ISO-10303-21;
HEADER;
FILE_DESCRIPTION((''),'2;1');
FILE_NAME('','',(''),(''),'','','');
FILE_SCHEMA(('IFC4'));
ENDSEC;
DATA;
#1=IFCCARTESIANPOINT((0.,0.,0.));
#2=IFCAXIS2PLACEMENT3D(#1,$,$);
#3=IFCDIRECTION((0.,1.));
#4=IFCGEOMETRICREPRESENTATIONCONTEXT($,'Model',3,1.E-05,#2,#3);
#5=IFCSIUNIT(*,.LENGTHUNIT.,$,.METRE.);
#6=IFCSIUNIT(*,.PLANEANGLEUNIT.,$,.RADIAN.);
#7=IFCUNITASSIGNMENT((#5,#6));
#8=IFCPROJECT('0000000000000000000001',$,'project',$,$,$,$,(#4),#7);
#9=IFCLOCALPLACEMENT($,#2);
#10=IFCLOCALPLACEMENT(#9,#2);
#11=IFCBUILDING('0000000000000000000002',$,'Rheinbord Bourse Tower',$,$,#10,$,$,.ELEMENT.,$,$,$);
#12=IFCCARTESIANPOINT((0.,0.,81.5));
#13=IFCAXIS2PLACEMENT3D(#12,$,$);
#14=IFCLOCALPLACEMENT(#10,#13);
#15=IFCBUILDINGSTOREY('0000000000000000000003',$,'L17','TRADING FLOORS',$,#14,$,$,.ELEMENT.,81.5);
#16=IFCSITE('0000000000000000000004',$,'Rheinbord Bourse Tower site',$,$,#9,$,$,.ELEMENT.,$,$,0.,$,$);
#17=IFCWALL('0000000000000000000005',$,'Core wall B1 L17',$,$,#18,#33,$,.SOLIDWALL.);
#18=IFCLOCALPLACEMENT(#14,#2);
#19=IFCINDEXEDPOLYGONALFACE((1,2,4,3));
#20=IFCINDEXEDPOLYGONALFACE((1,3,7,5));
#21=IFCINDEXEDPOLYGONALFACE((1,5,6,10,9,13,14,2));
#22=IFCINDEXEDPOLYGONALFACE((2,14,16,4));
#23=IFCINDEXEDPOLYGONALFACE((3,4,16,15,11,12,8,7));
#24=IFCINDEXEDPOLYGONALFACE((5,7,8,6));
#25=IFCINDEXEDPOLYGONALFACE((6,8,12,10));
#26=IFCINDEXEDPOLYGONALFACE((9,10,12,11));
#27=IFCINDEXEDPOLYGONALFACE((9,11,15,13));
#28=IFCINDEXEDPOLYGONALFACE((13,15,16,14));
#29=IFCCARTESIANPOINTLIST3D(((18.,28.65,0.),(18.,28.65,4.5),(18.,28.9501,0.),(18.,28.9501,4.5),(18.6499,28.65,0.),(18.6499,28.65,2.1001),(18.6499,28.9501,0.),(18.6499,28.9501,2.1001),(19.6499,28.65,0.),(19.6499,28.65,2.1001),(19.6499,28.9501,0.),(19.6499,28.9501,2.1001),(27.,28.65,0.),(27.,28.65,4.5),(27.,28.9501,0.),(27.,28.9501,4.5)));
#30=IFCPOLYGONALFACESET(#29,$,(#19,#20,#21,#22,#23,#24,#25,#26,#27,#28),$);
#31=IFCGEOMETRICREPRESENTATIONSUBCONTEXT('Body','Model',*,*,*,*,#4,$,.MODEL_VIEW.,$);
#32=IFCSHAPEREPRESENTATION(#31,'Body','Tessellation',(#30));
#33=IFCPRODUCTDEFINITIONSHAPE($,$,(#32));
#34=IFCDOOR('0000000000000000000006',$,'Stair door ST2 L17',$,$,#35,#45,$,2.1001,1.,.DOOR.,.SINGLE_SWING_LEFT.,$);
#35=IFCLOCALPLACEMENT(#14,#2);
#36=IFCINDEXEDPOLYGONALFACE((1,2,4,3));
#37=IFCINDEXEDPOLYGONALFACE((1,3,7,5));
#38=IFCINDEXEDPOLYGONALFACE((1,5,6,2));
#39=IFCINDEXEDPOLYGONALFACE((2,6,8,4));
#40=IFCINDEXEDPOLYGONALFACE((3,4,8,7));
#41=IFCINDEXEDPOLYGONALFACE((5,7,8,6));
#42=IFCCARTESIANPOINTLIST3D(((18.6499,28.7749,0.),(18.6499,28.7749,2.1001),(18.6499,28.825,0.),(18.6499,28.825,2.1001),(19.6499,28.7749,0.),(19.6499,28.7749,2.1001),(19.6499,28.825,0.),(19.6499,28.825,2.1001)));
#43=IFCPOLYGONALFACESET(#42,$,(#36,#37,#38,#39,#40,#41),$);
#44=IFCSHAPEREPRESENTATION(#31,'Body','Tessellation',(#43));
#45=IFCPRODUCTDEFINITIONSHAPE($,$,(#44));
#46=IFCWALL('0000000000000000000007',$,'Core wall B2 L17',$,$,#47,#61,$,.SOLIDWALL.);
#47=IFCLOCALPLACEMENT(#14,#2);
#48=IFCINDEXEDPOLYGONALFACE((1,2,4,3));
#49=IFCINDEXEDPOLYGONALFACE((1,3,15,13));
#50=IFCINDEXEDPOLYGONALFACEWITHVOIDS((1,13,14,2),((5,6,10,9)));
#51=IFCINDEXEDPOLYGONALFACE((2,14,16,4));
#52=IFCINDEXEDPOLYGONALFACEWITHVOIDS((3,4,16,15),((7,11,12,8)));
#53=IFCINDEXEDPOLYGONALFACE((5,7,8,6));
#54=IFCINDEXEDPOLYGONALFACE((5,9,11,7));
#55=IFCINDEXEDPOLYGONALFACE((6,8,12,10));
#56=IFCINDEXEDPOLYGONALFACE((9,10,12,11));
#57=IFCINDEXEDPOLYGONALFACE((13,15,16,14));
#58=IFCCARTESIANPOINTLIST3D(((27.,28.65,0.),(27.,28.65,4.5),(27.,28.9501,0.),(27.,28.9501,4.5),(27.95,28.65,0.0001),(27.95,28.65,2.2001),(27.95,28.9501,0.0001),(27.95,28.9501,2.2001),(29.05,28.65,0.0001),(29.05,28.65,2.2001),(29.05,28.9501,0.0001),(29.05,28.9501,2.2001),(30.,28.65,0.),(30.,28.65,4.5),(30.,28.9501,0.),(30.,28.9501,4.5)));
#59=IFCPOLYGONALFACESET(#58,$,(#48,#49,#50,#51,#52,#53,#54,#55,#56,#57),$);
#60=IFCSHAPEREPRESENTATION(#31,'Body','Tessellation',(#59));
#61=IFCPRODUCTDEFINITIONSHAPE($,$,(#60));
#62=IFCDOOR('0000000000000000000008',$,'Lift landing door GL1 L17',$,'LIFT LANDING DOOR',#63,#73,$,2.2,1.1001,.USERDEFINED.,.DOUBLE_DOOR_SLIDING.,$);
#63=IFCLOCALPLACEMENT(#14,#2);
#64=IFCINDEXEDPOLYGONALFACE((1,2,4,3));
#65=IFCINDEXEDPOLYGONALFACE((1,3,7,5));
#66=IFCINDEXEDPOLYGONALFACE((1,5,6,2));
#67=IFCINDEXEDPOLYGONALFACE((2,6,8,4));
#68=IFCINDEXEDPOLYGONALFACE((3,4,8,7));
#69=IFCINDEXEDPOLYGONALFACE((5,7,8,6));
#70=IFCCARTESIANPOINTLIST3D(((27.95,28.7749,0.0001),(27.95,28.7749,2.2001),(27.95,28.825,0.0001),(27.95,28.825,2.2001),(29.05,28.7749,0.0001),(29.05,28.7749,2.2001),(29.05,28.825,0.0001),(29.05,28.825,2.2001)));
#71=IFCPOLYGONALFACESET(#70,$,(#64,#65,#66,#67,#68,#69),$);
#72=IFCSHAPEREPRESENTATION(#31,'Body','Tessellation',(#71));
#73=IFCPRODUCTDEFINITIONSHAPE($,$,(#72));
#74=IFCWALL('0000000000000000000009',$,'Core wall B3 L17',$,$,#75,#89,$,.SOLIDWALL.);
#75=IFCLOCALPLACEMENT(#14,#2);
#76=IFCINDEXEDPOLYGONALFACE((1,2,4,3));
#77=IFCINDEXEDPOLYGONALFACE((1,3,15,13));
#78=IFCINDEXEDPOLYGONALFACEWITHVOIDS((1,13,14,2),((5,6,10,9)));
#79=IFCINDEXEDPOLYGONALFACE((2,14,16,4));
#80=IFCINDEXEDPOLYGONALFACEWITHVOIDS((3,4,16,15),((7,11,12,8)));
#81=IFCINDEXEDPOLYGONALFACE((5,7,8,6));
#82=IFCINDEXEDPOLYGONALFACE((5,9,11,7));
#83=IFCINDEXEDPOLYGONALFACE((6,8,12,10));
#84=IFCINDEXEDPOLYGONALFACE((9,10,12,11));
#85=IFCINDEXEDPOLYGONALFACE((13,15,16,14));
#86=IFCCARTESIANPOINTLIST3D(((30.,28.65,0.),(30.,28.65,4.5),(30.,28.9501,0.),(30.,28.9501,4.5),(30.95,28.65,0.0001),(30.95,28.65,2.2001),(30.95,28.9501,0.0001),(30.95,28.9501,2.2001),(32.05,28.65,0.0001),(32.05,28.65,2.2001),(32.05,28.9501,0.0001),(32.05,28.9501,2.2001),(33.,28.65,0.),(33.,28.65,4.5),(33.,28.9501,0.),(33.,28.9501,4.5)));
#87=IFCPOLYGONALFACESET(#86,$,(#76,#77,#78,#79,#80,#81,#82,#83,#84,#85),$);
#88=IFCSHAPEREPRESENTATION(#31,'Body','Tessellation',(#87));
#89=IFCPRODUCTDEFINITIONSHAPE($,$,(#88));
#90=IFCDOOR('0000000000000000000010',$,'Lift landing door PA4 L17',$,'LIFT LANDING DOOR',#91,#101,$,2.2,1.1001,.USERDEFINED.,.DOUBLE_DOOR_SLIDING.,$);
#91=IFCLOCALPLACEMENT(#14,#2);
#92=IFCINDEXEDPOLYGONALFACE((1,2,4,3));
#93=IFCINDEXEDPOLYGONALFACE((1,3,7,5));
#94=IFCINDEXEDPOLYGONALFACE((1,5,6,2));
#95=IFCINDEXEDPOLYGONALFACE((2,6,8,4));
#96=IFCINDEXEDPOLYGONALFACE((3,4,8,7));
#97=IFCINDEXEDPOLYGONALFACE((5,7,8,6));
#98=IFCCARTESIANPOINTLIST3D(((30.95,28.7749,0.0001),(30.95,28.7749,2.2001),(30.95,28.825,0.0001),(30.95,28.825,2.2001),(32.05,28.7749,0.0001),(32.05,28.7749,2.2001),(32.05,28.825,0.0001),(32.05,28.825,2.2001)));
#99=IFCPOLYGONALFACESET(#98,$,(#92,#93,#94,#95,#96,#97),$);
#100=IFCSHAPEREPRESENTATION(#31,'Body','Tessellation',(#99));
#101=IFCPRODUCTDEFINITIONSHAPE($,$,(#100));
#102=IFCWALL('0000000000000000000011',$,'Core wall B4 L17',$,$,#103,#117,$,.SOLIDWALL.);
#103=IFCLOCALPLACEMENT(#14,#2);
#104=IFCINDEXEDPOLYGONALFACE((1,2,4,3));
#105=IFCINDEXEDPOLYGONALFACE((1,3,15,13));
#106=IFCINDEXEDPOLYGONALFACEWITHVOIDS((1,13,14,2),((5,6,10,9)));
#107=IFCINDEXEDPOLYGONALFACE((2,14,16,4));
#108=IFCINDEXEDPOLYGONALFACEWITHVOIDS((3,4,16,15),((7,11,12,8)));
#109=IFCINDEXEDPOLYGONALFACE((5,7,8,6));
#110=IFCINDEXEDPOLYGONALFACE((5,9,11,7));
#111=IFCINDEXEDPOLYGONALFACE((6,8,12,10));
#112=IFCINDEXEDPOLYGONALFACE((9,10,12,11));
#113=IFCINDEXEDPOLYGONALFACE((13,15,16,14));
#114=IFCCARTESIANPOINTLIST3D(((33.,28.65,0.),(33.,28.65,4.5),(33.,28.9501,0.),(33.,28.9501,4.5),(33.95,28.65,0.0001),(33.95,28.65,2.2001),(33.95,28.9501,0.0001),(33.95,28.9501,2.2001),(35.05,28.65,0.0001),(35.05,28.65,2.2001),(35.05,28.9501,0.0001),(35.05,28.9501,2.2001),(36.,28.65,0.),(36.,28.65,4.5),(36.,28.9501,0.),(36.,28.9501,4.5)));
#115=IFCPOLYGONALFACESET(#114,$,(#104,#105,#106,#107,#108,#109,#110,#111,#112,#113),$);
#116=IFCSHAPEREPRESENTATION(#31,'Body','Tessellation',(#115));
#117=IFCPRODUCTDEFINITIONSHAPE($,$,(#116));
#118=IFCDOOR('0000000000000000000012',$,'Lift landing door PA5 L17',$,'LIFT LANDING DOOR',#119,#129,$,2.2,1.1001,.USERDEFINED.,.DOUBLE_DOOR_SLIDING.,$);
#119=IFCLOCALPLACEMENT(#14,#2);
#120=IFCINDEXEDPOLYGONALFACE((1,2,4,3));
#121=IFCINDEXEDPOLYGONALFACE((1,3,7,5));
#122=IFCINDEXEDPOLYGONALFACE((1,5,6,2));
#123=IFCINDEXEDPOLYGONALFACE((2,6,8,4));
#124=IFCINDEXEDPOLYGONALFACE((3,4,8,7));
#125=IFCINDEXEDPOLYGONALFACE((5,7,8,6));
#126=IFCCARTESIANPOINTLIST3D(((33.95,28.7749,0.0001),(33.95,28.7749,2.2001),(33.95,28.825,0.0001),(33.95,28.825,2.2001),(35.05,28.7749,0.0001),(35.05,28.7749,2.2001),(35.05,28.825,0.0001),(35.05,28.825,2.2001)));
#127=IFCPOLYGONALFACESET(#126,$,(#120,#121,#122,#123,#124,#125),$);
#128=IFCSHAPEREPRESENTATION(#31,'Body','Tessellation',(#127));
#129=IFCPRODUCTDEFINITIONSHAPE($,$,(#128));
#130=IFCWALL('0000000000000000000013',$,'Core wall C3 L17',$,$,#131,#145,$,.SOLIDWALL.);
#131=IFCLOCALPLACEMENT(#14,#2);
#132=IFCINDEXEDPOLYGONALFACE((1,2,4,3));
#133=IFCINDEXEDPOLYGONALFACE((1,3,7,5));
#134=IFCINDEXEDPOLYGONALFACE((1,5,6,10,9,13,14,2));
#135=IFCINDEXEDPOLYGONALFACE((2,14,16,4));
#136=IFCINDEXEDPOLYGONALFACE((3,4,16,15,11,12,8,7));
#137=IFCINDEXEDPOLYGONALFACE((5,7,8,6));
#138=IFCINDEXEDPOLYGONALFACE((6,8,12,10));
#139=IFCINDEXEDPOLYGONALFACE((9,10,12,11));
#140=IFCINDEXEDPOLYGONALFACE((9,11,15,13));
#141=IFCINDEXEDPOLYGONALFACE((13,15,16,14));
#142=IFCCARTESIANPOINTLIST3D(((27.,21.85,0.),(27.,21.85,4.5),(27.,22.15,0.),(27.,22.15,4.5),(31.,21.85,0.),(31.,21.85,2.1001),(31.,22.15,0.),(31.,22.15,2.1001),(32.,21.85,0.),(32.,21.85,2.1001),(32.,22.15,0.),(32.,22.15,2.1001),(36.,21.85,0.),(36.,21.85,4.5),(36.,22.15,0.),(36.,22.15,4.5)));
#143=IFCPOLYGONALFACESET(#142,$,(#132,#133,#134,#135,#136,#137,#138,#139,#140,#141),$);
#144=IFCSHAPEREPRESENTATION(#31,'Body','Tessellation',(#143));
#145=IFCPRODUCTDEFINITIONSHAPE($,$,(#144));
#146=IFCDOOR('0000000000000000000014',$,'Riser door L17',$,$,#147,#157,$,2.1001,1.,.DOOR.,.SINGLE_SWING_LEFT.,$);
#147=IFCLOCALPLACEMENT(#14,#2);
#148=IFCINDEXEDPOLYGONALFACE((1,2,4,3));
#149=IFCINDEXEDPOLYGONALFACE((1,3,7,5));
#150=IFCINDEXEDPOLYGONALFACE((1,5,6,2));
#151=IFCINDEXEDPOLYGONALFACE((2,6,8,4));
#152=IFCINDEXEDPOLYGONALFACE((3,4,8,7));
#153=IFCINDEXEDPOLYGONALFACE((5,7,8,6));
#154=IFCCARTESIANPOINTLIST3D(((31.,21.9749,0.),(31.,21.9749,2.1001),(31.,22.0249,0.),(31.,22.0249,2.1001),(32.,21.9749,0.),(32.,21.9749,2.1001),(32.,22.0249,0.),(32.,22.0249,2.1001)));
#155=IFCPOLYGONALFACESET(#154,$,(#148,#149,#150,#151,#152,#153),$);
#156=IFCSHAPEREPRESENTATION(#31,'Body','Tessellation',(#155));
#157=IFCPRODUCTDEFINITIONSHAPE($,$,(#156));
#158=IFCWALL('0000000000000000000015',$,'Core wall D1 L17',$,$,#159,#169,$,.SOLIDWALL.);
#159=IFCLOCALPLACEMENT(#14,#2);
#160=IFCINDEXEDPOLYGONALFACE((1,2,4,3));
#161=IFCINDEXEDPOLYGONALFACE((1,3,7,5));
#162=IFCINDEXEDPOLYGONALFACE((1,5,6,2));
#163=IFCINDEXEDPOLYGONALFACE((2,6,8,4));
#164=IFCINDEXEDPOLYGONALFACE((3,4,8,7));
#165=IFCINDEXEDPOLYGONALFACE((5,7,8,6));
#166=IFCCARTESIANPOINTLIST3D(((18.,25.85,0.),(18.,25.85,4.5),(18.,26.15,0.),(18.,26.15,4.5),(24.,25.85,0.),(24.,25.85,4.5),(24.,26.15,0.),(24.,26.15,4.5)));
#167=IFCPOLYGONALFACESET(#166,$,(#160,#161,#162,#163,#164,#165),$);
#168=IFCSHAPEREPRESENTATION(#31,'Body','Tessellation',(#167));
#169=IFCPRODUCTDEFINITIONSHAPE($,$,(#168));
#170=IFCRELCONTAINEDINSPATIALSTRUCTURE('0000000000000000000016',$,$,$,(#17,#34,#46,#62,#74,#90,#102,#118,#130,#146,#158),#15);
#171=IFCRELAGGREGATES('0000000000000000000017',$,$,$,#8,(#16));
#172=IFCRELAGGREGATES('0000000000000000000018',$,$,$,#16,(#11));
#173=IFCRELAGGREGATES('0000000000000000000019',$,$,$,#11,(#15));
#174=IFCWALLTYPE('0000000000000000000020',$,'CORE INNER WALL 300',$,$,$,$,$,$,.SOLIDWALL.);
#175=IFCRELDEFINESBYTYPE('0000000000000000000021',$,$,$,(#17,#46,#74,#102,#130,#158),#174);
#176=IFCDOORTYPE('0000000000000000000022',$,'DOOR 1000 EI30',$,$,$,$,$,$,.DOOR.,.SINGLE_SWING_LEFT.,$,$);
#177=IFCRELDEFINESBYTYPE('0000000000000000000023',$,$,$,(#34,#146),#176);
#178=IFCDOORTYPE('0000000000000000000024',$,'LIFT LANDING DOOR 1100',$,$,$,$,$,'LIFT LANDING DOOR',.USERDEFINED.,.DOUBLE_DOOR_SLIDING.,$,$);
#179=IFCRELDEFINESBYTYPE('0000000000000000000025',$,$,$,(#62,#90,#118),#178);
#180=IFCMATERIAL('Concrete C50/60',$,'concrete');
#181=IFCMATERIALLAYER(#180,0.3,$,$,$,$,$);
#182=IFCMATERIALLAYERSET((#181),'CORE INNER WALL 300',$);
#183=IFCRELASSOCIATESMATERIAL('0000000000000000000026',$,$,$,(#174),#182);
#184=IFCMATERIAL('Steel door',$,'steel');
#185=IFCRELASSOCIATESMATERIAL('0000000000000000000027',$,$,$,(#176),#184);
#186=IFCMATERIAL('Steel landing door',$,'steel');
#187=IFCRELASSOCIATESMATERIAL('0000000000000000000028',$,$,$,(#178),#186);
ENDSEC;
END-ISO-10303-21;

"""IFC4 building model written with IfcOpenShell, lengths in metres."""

from ifc_helpers import new_model, si_unit, direction, frame, frame_2d, origin, place, context, subcontext, project, spatial, rectangle, extrude, material, layer, layer_set, type_object, element, fill, save


model = new_model("IFC4")

# Units and contexts
model_context = context("Model", 3, precision=1e-05, world=origin(), true_north=direction((0.0, 1.0)))
body_context = subcontext(model_context, "Body", "Model", "MODEL_VIEW")
ifc_project = project(units=[si_unit("LENGTHUNIT", "METRE"), si_unit("PLANEANGLEUNIT", "RADIAN")], contexts=[model_context])

# Site, building, storey
site_placement = place(None, origin())
site = spatial("IfcSite", under=ifc_project, at=site_placement, Name="Rheinbord Bourse Tower site", CompositionType="ELEMENT", RefElevation=0.0)
building_placement = place(site_placement, origin())
building = spatial("IfcBuilding", under=site, at=building_placement, Name="Rheinbord Bourse Tower", CompositionType="ELEMENT")
storey_placement = place(building_placement, frame((0.0, 0.0, 81.5)))
storey = spatial("IfcBuildingStorey", under=building, at=storey_placement, Name="L17", Description="TRADING FLOORS", CompositionType="ELEMENT", Elevation=81.5)

# Walls, openings, doors
ifc_material_1 = material(Name="Concrete C50/60", Category="concrete")
ifc_layer_1 = layer(ifc_material_1, 0.3)
ifc_layer_set_1 = layer_set([ifc_layer_1], Name="CORE INNER WALL 300")
wall_type_1 = type_object("IfcWallType", Name="CORE INNER WALL 300", PredefinedType="SOLIDWALL", material=ifc_layer_set_1)
wall_1_placement = place(storey_placement, frame((18.0, 28.8, 0.0), z_axis=(0.0, 0.0, 1.0), x_axis=(1.0, 0.0, 0.0)))
wall_1 = element("IfcWall", 1, at=wall_1_placement, inside=storey, type_object=wall_type_1, Name="Core wall B1 L17", PredefinedType="SOLIDWALL", context=body_context, shape_type="SweptSolid", body=[
    extrude(rectangle(XDim=9.0, YDim=0.3, at=frame_2d((4.5, 0.0))), origin(), (0.0, 0.0, 1.0), 4.5),
])
opening_1_placement = place(wall_1_placement, frame((0.6499, 0.0, 0.0)))
opening_1 = element("IfcOpeningElement", 2, at=opening_1_placement, cuts=wall_1, PredefinedType="OPENING", context=body_context, shape_type="SweptSolid", body=[
    extrude(rectangle(XDim=1.0, YDim=2.1001, at=frame_2d((0.5, 1.05))), frame((0.0, 0.1599, 0.0), z_axis=(0.0, -1.0, 0.0), x_axis=(1.0, 0.0, 0.0)), (0.0, 0.0, 1.0), 0.3201),
])
ifc_material_2 = material(Name="Steel door", Category="steel")
door_type_1 = type_object("IfcDoorType", Name="DOOR 1000 EI30", OperationType="SINGLE_SWING_LEFT", PredefinedType="DOOR", material=ifc_material_2)
door_1_placement = place(opening_1_placement, origin())
door_1 = element("IfcDoor", 3, at=door_1_placement, inside=storey, type_object=door_type_1, Name="Stair door ST2 L17", OperationType="SINGLE_SWING_LEFT", OverallHeight=2.1001, OverallWidth=1.0, PredefinedType="DOOR", context=body_context, shape_type="SweptSolid", body=[
    extrude(rectangle(XDim=1.0, YDim=2.1001, at=frame_2d((0.5, 1.05))), frame((0.0, 0.0249, 0.0), z_axis=(0.0, -1.0, 0.0), x_axis=(1.0, 0.0, 0.0)), (0.0, 0.0, 1.0), 0.05),
])
fill(opening_1, door_1)
wall_2_placement = place(storey_placement, frame((27.0, 28.8, 0.0), z_axis=(0.0, 0.0, 1.0), x_axis=(1.0, 0.0, 0.0)))
wall_2 = element("IfcWall", 4, at=wall_2_placement, inside=storey, type_object=wall_type_1, Name="Core wall B2 L17", PredefinedType="SOLIDWALL", context=body_context, shape_type="SweptSolid", body=[
    extrude(rectangle(XDim=3.0, YDim=0.3, at=frame_2d((1.5, 0.0))), origin(), (0.0, 0.0, 1.0), 4.5),
])
opening_2_placement = place(wall_2_placement, frame((0.95, 0.0, 0.0)))
opening_2 = element("IfcOpeningElement", 5, at=opening_2_placement, cuts=wall_2, PredefinedType="OPENING", context=body_context, shape_type="SweptSolid", body=[
    extrude(rectangle(XDim=1.1001, YDim=2.2, at=frame_2d((0.55, 1.1001))), frame((0.0, 0.1599, 0.0), z_axis=(0.0, -1.0, 0.0), x_axis=(1.0, 0.0, 0.0)), (0.0, 0.0, 1.0), 0.3201),
])
ifc_material_3 = material(Name="Steel landing door", Category="steel")
door_type_2 = type_object("IfcDoorType", Name="LIFT LANDING DOOR 1100", ElementType="LIFT LANDING DOOR", OperationType="DOUBLE_DOOR_SLIDING", PredefinedType="USERDEFINED", material=ifc_material_3)
door_2_placement = place(opening_2_placement, origin())
door_2 = element("IfcDoor", 6, at=door_2_placement, inside=storey, type_object=door_type_2, Name="Lift landing door GL1 L17", ObjectType="LIFT LANDING DOOR", OperationType="DOUBLE_DOOR_SLIDING", OverallHeight=2.2, OverallWidth=1.1001, PredefinedType="USERDEFINED", context=body_context, shape_type="SweptSolid", body=[
    extrude(rectangle(XDim=1.1001, YDim=2.2, at=frame_2d((0.55, 1.1001))), frame((0.0, 0.0249, 0.0), z_axis=(0.0, -1.0, 0.0), x_axis=(1.0, 0.0, 0.0)), (0.0, 0.0, 1.0), 0.05),
])
fill(opening_2, door_2)
wall_3_placement = place(storey_placement, frame((30.0, 28.8, 0.0), z_axis=(0.0, 0.0, 1.0), x_axis=(1.0, 0.0, 0.0)))
wall_3 = element("IfcWall", 7, at=wall_3_placement, inside=storey, type_object=wall_type_1, Name="Core wall B3 L17", PredefinedType="SOLIDWALL", context=body_context, shape_type="SweptSolid", body=[
    extrude(rectangle(XDim=3.0, YDim=0.3, at=frame_2d((1.5, 0.0))), origin(), (0.0, 0.0, 1.0), 4.5),
])
opening_3_placement = place(wall_3_placement, frame((0.95, 0.0, 0.0)))
opening_3 = element("IfcOpeningElement", 8, at=opening_3_placement, cuts=wall_3, PredefinedType="OPENING", context=body_context, shape_type="SweptSolid", body=[
    extrude(rectangle(XDim=1.1001, YDim=2.2, at=frame_2d((0.55, 1.1001))), frame((0.0, 0.1599, 0.0), z_axis=(0.0, -1.0, 0.0), x_axis=(1.0, 0.0, 0.0)), (0.0, 0.0, 1.0), 0.3201),
])
door_3_placement = place(opening_3_placement, origin())
door_3 = element("IfcDoor", 9, at=door_3_placement, inside=storey, type_object=door_type_2, Name="Lift landing door PA4 L17", ObjectType="LIFT LANDING DOOR", OperationType="DOUBLE_DOOR_SLIDING", OverallHeight=2.2, OverallWidth=1.1001, PredefinedType="USERDEFINED", context=body_context, shape_type="SweptSolid", body=[
    extrude(rectangle(XDim=1.1001, YDim=2.2, at=frame_2d((0.55, 1.1001))), frame((0.0, 0.0249, 0.0), z_axis=(0.0, -1.0, 0.0), x_axis=(1.0, 0.0, 0.0)), (0.0, 0.0, 1.0), 0.05),
])
fill(opening_3, door_3)
wall_4_placement = place(storey_placement, frame((33.0, 28.8, 0.0), z_axis=(0.0, 0.0, 1.0), x_axis=(1.0, 0.0, 0.0)))
wall_4 = element("IfcWall", 10, at=wall_4_placement, inside=storey, type_object=wall_type_1, Name="Core wall B4 L17", PredefinedType="SOLIDWALL", context=body_context, shape_type="SweptSolid", body=[
    extrude(rectangle(XDim=3.0, YDim=0.3, at=frame_2d((1.5, 0.0))), origin(), (0.0, 0.0, 1.0), 4.5),
])
opening_4_placement = place(wall_4_placement, frame((0.95, 0.0, 0.0)))
opening_4 = element("IfcOpeningElement", 11, at=opening_4_placement, cuts=wall_4, PredefinedType="OPENING", context=body_context, shape_type="SweptSolid", body=[
    extrude(rectangle(XDim=1.1001, YDim=2.2, at=frame_2d((0.55, 1.1001))), frame((0.0, 0.1599, 0.0), z_axis=(0.0, -1.0, 0.0), x_axis=(1.0, 0.0, 0.0)), (0.0, 0.0, 1.0), 0.3201),
])
door_4_placement = place(opening_4_placement, origin())
door_4 = element("IfcDoor", 12, at=door_4_placement, inside=storey, type_object=door_type_2, Name="Lift landing door PA5 L17", ObjectType="LIFT LANDING DOOR", OperationType="DOUBLE_DOOR_SLIDING", OverallHeight=2.2, OverallWidth=1.1001, PredefinedType="USERDEFINED", context=body_context, shape_type="SweptSolid", body=[
    extrude(rectangle(XDim=1.1001, YDim=2.2, at=frame_2d((0.55, 1.1001))), frame((0.0, 0.0249, 0.0), z_axis=(0.0, -1.0, 0.0), x_axis=(1.0, 0.0, 0.0)), (0.0, 0.0, 1.0), 0.05),
])
fill(opening_4, door_4)
wall_5_placement = place(storey_placement, frame((27.0, 22.0, 0.0), z_axis=(0.0, 0.0, 1.0), x_axis=(1.0, 0.0, 0.0)))
wall_5 = element("IfcWall", 13, at=wall_5_placement, inside=storey, type_object=wall_type_1, Name="Core wall C3 L17", PredefinedType="SOLIDWALL", context=body_context, shape_type="SweptSolid", body=[
    extrude(rectangle(XDim=9.0, YDim=0.3, at=frame_2d((4.5, 0.0))), origin(), (0.0, 0.0, 1.0), 4.5),
])
opening_5_placement = place(wall_5_placement, frame((4.0, 0.0, 0.0)))
opening_5 = element("IfcOpeningElement", 14, at=opening_5_placement, cuts=wall_5, PredefinedType="OPENING", context=body_context, shape_type="SweptSolid", body=[
    extrude(rectangle(XDim=1.0, YDim=2.1001, at=frame_2d((0.5, 1.05))), frame((0.0, 0.1599, 0.0), z_axis=(0.0, -1.0, 0.0), x_axis=(1.0, 0.0, 0.0)), (0.0, 0.0, 1.0), 0.3201),
])
door_5_placement = place(opening_5_placement, origin())
door_5 = element("IfcDoor", 15, at=door_5_placement, inside=storey, type_object=door_type_1, Name="Riser door L17", OperationType="SINGLE_SWING_LEFT", OverallHeight=2.1001, OverallWidth=1.0, PredefinedType="DOOR", context=body_context, shape_type="SweptSolid", body=[
    extrude(rectangle(XDim=1.0, YDim=2.1001, at=frame_2d((0.5, 1.05))), frame((0.0, 0.0249, 0.0), z_axis=(0.0, -1.0, 0.0), x_axis=(1.0, 0.0, 0.0)), (0.0, 0.0, 1.0), 0.05),
])
fill(opening_5, door_5)

# Wall
wall_6_placement = place(storey_placement, frame((18.0, 26.0, 0.0), z_axis=(0.0, 0.0, 1.0), x_axis=(1.0, 0.0, 0.0)))
element("IfcWall", 16, at=wall_6_placement, inside=storey, type_object=wall_type_1, Name="Core wall D1 L17", PredefinedType="SOLIDWALL", context=body_context, shape_type="SweptSolid", body=[
    extrude(rectangle(XDim=6.0, YDim=0.3, at=frame_2d((3.0, 0.0))), origin(), (0.0, 0.0, 1.0), 4.5),
])

save(model, "model.ifc")
